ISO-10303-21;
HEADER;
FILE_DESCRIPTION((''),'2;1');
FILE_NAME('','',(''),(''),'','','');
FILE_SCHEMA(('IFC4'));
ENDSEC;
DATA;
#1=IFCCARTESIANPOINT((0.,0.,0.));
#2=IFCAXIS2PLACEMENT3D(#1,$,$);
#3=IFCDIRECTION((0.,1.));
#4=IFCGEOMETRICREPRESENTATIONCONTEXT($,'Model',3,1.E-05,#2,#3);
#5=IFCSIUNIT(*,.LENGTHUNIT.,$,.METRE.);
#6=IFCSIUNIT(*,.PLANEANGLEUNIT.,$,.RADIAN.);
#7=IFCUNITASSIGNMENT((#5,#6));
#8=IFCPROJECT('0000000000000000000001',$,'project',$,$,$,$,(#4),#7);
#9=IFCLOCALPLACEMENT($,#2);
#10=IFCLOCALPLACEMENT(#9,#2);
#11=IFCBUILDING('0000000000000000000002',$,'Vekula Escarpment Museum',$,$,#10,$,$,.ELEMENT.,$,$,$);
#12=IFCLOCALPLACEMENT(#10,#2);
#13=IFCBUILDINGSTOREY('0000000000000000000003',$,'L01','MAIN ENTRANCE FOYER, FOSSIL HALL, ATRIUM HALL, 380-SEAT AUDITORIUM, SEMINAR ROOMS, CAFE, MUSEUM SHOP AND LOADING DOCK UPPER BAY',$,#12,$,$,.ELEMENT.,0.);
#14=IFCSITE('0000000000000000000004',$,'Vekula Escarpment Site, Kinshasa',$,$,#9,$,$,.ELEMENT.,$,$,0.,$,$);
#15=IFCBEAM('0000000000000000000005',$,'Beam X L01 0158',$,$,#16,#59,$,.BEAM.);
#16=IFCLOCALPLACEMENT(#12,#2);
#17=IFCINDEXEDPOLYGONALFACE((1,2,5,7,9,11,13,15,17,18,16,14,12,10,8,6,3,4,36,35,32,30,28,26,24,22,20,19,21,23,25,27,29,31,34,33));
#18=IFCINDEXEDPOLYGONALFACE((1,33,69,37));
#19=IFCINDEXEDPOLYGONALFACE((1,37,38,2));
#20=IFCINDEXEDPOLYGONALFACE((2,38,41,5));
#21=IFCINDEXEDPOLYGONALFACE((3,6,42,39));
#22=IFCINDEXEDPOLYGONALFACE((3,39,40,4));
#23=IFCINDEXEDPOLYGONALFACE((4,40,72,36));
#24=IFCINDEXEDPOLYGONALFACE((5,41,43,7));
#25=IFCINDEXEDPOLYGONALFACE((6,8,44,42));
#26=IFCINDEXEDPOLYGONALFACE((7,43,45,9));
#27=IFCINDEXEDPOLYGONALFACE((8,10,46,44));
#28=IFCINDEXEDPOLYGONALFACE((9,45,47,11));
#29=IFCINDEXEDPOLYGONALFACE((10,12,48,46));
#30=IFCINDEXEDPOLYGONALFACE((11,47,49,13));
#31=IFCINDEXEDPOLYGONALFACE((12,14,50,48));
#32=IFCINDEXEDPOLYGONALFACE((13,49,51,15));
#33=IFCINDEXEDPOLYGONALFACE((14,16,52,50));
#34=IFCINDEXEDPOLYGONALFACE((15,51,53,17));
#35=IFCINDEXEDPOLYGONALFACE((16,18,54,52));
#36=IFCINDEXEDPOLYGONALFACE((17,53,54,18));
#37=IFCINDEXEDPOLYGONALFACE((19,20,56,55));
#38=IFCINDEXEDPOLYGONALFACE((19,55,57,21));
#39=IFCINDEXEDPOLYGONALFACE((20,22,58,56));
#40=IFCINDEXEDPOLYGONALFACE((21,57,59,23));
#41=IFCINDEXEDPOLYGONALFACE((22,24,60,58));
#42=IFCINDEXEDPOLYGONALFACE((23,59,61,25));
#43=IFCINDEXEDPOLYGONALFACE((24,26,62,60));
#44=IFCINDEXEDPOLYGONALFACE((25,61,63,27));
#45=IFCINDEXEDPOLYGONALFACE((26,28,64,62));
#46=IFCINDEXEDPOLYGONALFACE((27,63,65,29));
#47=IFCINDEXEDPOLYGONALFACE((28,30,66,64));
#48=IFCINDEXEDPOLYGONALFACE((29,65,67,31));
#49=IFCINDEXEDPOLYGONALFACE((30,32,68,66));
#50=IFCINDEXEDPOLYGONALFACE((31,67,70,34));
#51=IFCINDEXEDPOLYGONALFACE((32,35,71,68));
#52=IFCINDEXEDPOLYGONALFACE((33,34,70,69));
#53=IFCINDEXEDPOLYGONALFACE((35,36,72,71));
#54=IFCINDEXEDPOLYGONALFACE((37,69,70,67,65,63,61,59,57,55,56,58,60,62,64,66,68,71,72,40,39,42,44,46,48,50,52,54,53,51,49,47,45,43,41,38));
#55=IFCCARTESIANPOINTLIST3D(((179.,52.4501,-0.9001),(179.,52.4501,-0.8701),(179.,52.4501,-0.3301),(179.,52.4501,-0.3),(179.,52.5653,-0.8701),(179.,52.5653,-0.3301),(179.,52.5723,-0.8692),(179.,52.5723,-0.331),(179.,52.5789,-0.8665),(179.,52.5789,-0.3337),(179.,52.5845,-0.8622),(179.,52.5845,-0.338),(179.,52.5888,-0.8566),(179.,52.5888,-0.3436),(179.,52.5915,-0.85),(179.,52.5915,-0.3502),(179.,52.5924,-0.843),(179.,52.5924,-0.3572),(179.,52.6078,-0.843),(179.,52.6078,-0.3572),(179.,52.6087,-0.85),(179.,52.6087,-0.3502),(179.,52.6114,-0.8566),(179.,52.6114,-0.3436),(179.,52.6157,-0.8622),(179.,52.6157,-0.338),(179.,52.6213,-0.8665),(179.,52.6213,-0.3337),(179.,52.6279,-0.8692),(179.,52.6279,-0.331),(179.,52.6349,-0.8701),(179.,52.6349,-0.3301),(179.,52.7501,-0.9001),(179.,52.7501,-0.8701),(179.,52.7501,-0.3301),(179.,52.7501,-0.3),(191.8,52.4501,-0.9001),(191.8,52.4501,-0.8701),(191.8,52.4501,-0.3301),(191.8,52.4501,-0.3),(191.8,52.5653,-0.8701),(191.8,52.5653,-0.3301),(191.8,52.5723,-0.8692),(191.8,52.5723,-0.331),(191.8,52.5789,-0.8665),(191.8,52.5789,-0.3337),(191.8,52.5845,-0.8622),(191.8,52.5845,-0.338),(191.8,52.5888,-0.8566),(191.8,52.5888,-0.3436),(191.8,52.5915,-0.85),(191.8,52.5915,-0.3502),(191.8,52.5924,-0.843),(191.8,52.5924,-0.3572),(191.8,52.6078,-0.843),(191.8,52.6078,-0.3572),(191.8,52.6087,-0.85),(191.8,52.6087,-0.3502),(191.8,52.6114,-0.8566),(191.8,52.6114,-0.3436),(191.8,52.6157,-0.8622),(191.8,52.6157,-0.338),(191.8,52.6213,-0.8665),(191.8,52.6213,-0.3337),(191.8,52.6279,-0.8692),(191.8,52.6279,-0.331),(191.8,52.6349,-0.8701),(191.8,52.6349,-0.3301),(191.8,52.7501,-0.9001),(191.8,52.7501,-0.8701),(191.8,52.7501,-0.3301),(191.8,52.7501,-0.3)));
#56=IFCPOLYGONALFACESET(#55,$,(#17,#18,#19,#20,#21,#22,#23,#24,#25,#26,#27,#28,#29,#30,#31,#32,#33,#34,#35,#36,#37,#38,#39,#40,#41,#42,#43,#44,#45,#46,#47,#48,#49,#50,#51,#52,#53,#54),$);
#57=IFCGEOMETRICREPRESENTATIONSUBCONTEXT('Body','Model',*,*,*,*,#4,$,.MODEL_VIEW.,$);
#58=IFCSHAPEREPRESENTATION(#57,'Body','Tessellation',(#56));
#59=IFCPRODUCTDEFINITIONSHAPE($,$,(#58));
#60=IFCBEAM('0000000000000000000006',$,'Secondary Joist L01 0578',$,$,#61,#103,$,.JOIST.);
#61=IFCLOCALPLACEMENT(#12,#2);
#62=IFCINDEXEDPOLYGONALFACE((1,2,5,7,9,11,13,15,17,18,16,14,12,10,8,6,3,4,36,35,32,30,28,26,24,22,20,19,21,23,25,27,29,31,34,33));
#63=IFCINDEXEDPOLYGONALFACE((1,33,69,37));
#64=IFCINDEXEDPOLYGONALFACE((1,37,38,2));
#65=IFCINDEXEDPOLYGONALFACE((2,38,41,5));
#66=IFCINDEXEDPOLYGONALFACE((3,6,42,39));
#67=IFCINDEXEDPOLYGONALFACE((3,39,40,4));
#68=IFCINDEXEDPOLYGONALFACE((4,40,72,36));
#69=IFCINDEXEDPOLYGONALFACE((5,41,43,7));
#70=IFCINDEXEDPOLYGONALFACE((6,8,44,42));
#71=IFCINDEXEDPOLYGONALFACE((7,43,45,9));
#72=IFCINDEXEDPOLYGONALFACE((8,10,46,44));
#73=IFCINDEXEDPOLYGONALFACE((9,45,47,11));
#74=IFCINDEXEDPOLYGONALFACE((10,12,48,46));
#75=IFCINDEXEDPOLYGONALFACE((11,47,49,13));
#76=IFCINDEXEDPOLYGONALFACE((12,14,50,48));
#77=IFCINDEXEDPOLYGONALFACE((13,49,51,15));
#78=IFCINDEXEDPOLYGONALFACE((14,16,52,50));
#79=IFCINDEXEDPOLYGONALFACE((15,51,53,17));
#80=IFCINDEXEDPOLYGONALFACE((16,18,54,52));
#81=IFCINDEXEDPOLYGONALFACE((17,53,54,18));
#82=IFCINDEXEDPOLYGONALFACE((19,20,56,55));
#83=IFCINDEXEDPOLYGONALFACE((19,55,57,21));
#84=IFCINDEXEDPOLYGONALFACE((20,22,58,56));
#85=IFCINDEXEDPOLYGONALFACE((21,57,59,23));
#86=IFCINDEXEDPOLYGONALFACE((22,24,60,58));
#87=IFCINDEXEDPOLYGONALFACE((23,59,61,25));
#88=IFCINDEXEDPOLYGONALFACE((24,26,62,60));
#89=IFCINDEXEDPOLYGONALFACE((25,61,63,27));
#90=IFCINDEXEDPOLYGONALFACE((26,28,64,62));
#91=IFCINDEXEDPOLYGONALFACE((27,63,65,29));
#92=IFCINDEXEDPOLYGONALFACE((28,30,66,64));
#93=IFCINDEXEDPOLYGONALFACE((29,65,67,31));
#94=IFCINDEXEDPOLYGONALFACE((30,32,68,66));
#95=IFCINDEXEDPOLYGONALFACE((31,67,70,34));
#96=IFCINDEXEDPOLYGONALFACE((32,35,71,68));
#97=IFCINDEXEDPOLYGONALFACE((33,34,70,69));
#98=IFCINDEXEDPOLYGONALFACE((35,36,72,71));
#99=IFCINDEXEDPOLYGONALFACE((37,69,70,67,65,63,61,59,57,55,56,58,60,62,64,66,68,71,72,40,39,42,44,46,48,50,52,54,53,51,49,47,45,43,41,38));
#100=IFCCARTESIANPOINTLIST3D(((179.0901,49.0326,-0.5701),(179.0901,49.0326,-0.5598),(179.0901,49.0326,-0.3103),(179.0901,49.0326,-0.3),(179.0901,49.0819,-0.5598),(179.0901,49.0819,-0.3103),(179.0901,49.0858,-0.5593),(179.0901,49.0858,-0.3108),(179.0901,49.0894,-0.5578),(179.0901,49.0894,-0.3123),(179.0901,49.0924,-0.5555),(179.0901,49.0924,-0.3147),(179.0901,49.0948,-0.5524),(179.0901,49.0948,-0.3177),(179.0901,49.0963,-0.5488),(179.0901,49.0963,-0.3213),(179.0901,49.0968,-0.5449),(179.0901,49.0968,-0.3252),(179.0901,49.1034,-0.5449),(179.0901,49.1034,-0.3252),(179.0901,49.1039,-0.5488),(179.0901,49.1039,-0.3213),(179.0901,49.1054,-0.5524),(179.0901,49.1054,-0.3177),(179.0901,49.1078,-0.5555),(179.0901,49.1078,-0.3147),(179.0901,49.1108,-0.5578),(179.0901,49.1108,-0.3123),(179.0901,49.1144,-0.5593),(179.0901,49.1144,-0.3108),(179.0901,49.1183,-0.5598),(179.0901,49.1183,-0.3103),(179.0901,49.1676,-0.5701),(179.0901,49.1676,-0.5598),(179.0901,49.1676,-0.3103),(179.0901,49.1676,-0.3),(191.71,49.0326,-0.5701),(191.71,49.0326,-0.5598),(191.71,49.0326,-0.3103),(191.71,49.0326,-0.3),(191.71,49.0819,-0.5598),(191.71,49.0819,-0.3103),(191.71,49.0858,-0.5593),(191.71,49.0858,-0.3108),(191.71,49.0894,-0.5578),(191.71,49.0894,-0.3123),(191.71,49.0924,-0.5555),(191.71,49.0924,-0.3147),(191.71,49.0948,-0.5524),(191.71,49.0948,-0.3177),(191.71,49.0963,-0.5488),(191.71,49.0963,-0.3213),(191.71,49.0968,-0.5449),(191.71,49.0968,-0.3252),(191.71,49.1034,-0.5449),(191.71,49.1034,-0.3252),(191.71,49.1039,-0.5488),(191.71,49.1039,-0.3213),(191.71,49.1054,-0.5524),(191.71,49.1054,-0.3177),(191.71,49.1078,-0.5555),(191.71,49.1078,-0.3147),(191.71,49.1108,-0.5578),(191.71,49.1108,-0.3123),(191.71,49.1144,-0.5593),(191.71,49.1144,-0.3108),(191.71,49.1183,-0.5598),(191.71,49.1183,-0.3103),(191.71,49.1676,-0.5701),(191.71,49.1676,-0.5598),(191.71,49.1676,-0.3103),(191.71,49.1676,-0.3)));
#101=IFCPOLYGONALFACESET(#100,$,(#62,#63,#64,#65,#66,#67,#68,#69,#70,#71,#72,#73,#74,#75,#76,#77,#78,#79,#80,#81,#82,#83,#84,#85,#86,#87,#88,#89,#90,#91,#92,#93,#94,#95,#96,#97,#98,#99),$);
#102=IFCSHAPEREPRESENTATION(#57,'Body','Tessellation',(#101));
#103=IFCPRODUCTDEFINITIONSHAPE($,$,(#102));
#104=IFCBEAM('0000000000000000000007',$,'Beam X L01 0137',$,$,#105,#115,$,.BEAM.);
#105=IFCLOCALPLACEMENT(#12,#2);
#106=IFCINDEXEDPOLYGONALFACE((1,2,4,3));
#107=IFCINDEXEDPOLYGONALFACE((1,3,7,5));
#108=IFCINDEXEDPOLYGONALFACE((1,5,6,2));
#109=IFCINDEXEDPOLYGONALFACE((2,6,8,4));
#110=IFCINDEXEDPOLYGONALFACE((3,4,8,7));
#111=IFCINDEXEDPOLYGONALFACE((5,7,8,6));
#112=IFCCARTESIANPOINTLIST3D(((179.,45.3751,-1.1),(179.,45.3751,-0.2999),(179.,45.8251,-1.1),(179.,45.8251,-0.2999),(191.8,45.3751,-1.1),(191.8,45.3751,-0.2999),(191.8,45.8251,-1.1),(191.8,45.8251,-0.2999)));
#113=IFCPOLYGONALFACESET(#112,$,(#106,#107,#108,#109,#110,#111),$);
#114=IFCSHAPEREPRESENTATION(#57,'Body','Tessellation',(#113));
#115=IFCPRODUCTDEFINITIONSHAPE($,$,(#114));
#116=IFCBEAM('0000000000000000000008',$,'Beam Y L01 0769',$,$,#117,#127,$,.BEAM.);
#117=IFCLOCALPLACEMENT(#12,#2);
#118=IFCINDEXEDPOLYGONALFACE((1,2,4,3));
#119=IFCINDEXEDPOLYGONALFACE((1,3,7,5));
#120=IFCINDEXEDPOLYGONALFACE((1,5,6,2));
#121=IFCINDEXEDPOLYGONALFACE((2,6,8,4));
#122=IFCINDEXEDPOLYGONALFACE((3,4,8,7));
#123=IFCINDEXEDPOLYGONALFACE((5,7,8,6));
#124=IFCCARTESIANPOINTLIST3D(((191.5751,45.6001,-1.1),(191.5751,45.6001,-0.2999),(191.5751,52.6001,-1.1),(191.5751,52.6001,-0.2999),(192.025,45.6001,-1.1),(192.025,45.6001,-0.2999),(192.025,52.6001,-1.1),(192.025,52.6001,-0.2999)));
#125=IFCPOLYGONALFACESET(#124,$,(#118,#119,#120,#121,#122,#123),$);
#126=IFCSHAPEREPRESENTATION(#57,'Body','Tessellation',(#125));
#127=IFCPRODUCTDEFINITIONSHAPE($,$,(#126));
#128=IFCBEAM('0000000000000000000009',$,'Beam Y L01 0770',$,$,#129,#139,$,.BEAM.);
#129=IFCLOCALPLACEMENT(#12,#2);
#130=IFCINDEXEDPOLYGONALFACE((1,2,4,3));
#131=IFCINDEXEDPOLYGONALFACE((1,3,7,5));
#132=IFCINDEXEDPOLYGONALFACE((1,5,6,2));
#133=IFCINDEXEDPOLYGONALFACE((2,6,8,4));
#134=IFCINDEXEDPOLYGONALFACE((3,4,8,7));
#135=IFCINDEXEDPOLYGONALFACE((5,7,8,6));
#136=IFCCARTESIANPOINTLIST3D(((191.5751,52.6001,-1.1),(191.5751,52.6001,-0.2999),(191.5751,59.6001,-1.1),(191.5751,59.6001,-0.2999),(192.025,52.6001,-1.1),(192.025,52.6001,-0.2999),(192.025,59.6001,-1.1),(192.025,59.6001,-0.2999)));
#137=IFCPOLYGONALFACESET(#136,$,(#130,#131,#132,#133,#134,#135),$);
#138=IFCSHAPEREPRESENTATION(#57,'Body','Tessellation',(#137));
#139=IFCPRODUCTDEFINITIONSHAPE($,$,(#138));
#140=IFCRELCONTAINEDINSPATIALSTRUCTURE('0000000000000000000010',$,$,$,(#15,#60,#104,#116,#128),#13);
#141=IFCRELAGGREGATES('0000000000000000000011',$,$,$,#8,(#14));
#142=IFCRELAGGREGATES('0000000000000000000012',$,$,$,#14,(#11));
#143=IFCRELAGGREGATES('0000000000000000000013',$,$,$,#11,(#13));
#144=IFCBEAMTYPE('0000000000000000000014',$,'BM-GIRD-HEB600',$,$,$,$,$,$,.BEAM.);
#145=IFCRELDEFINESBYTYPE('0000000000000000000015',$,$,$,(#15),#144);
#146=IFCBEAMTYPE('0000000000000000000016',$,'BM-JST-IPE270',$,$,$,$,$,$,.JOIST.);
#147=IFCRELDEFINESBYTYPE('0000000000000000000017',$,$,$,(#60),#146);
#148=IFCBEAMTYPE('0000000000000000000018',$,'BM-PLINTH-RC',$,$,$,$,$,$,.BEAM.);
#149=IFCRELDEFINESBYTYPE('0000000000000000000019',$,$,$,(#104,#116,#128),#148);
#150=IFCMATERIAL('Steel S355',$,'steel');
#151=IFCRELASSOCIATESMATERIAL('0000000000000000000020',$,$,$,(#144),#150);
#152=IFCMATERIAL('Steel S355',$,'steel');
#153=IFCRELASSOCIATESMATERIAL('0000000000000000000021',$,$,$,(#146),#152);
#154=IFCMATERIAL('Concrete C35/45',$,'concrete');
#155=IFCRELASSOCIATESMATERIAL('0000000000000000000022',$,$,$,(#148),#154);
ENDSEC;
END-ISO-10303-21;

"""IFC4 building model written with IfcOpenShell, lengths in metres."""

from ifc_helpers import new_model, si_unit, direction, frame, origin, origin_2d, place, context, subcontext, project, spatial, rectangle, i_section, extrude, material, material_profile, profile_set, type_object, element, save


model = new_model("IFC4")

# Units and contexts
model_context = context("Model", 3, precision=1e-05, world=origin(), true_north=direction((0.0, 1.0)))
body_context = subcontext(model_context, "Body", "Model", "MODEL_VIEW")
ifc_project = project(units=[si_unit("LENGTHUNIT", "METRE"), si_unit("PLANEANGLEUNIT", "RADIAN")], contexts=[model_context])

# Site, building, storey
site_placement = place(None, origin())
site = spatial("IfcSite", under=ifc_project, at=site_placement, Name="Vekula Escarpment Site, Kinshasa", CompositionType="ELEMENT", RefElevation=0.0)
building_placement = place(site_placement, origin())
building = spatial("IfcBuilding", under=site, at=building_placement, Name="Vekula Escarpment Museum", CompositionType="ELEMENT")
storey_placement = place(building_placement, origin())
storey = spatial("IfcBuildingStorey", under=building, at=storey_placement, Name="L01", Description="MAIN ENTRANCE FOYER, FOSSIL HALL, ATRIUM HALL, 380-SEAT AUDITORIUM, SEMINAR ROOMS, CAFE, MUSEUM SHOP AND LOADING DOCK UPPER BAY", CompositionType="ELEMENT", Elevation=0.0)

# Beams
ifc_material_1 = material(Name="Steel S355", Category="steel")
ifc_material_profile_1 = material_profile(ifc_material_1, i_section(OverallWidth=0.3, OverallDepth=0.6001, WebThickness=0.0154, FlangeThickness=0.03, FilletRadius=0.0271, at=origin_2d()), Name="HEB 600")
ifc_profile_set_1 = profile_set([ifc_material_profile_1], Name="Steel S355")
beam_type_1 = type_object("IfcBeamType", Name="BM-GIRD-HEB600", PredefinedType="BEAM", material=ifc_profile_set_1)
beam_1_placement = place(storey_placement, frame((179.0, 52.6001, -0.6001), z_axis=(1.0, 0.0, 0.0), x_axis=(0.0, 1.0, 0.0)))
element("IfcBeam", 1, at=beam_1_placement, inside=storey, type_object=beam_type_1, Name="Beam X L01 0158", PredefinedType="BEAM", context=body_context, shape_type="SweptSolid", body=[
    extrude(i_section(OverallWidth=0.3, OverallDepth=0.6001, WebThickness=0.0154, FlangeThickness=0.03, FilletRadius=0.0271, at=origin_2d()), origin(), (0.0, 0.0, 1.0), 12.8),
])
ifc_material_2 = material(Name="Steel S355", Category="steel")
ifc_material_profile_2 = material_profile(ifc_material_2, i_section(OverallWidth=0.135, OverallDepth=0.27, WebThickness=0.0066, FlangeThickness=0.0103, FilletRadius=0.0149, at=origin_2d()), Name="IPE 270")
ifc_profile_set_2 = profile_set([ifc_material_profile_2], Name="Steel S355")
beam_type_2 = type_object("IfcBeamType", Name="BM-JST-IPE270", PredefinedType="JOIST", material=ifc_profile_set_2)
beam_2_placement = place(storey_placement, frame((179.0901, 49.1001, -0.4351), z_axis=(1.0, 0.0, 0.0), x_axis=(0.0, 1.0, 0.0)))
element("IfcBeam", 2, at=beam_2_placement, inside=storey, type_object=beam_type_2, Name="Secondary Joist L01 0578", PredefinedType="JOIST", context=body_context, shape_type="SweptSolid", body=[
    extrude(i_section(OverallWidth=0.135, OverallDepth=0.27, WebThickness=0.0066, FlangeThickness=0.0103, FilletRadius=0.0149, at=origin_2d()), origin(), (0.0, 0.0, 1.0), 12.6199),
])
ifc_material_3 = material(Name="Concrete C35/45", Category="concrete")
ifc_material_profile_3 = material_profile(ifc_material_3, rectangle(XDim=0.45, YDim=0.8, at=origin_2d()), Name="RC 450x800")
ifc_profile_set_3 = profile_set([ifc_material_profile_3], Name="Concrete C35/45")
beam_type_3 = type_object("IfcBeamType", Name="BM-PLINTH-RC", PredefinedType="BEAM", material=ifc_profile_set_3)
beam_3_placement = place(storey_placement, frame((179.0, 45.6001, -0.7), z_axis=(1.0, 0.0, 0.0), x_axis=(0.0, 1.0, 0.0)))
element("IfcBeam", 3, at=beam_3_placement, inside=storey, type_object=beam_type_3, Name="Beam X L01 0137", PredefinedType="BEAM", context=body_context, shape_type="SweptSolid", body=[
    extrude(rectangle(XDim=0.45, YDim=0.8, at=origin_2d()), origin(), (0.0, 0.0, 1.0), 12.8),
])
for number, where, z_axis, x_axis, name in (
    (4, (191.8, 45.6001, -0.7), (0.0, 1.0, 0.0), (-1.0, 0.0, 0.0), "Beam Y L01 0769"),
    (5, (191.8, 52.6001, -0.7), (0.0, 1.0, 0.0), (-1.0, 0.0, 0.0), "Beam Y L01 0770"),
):
    element("IfcBeam", number, at=place(storey_placement, frame(where, z_axis=z_axis, x_axis=x_axis)), inside=storey, type_object=beam_type_3, Name=name, PredefinedType="BEAM", context=body_context, shape_type="SweptSolid", body=[
        extrude(rectangle(XDim=0.45, YDim=0.8, at=origin_2d()), origin(), (0.0, 0.0, 1.0), 7.0),
    ])

save(model, "model.ifc")
